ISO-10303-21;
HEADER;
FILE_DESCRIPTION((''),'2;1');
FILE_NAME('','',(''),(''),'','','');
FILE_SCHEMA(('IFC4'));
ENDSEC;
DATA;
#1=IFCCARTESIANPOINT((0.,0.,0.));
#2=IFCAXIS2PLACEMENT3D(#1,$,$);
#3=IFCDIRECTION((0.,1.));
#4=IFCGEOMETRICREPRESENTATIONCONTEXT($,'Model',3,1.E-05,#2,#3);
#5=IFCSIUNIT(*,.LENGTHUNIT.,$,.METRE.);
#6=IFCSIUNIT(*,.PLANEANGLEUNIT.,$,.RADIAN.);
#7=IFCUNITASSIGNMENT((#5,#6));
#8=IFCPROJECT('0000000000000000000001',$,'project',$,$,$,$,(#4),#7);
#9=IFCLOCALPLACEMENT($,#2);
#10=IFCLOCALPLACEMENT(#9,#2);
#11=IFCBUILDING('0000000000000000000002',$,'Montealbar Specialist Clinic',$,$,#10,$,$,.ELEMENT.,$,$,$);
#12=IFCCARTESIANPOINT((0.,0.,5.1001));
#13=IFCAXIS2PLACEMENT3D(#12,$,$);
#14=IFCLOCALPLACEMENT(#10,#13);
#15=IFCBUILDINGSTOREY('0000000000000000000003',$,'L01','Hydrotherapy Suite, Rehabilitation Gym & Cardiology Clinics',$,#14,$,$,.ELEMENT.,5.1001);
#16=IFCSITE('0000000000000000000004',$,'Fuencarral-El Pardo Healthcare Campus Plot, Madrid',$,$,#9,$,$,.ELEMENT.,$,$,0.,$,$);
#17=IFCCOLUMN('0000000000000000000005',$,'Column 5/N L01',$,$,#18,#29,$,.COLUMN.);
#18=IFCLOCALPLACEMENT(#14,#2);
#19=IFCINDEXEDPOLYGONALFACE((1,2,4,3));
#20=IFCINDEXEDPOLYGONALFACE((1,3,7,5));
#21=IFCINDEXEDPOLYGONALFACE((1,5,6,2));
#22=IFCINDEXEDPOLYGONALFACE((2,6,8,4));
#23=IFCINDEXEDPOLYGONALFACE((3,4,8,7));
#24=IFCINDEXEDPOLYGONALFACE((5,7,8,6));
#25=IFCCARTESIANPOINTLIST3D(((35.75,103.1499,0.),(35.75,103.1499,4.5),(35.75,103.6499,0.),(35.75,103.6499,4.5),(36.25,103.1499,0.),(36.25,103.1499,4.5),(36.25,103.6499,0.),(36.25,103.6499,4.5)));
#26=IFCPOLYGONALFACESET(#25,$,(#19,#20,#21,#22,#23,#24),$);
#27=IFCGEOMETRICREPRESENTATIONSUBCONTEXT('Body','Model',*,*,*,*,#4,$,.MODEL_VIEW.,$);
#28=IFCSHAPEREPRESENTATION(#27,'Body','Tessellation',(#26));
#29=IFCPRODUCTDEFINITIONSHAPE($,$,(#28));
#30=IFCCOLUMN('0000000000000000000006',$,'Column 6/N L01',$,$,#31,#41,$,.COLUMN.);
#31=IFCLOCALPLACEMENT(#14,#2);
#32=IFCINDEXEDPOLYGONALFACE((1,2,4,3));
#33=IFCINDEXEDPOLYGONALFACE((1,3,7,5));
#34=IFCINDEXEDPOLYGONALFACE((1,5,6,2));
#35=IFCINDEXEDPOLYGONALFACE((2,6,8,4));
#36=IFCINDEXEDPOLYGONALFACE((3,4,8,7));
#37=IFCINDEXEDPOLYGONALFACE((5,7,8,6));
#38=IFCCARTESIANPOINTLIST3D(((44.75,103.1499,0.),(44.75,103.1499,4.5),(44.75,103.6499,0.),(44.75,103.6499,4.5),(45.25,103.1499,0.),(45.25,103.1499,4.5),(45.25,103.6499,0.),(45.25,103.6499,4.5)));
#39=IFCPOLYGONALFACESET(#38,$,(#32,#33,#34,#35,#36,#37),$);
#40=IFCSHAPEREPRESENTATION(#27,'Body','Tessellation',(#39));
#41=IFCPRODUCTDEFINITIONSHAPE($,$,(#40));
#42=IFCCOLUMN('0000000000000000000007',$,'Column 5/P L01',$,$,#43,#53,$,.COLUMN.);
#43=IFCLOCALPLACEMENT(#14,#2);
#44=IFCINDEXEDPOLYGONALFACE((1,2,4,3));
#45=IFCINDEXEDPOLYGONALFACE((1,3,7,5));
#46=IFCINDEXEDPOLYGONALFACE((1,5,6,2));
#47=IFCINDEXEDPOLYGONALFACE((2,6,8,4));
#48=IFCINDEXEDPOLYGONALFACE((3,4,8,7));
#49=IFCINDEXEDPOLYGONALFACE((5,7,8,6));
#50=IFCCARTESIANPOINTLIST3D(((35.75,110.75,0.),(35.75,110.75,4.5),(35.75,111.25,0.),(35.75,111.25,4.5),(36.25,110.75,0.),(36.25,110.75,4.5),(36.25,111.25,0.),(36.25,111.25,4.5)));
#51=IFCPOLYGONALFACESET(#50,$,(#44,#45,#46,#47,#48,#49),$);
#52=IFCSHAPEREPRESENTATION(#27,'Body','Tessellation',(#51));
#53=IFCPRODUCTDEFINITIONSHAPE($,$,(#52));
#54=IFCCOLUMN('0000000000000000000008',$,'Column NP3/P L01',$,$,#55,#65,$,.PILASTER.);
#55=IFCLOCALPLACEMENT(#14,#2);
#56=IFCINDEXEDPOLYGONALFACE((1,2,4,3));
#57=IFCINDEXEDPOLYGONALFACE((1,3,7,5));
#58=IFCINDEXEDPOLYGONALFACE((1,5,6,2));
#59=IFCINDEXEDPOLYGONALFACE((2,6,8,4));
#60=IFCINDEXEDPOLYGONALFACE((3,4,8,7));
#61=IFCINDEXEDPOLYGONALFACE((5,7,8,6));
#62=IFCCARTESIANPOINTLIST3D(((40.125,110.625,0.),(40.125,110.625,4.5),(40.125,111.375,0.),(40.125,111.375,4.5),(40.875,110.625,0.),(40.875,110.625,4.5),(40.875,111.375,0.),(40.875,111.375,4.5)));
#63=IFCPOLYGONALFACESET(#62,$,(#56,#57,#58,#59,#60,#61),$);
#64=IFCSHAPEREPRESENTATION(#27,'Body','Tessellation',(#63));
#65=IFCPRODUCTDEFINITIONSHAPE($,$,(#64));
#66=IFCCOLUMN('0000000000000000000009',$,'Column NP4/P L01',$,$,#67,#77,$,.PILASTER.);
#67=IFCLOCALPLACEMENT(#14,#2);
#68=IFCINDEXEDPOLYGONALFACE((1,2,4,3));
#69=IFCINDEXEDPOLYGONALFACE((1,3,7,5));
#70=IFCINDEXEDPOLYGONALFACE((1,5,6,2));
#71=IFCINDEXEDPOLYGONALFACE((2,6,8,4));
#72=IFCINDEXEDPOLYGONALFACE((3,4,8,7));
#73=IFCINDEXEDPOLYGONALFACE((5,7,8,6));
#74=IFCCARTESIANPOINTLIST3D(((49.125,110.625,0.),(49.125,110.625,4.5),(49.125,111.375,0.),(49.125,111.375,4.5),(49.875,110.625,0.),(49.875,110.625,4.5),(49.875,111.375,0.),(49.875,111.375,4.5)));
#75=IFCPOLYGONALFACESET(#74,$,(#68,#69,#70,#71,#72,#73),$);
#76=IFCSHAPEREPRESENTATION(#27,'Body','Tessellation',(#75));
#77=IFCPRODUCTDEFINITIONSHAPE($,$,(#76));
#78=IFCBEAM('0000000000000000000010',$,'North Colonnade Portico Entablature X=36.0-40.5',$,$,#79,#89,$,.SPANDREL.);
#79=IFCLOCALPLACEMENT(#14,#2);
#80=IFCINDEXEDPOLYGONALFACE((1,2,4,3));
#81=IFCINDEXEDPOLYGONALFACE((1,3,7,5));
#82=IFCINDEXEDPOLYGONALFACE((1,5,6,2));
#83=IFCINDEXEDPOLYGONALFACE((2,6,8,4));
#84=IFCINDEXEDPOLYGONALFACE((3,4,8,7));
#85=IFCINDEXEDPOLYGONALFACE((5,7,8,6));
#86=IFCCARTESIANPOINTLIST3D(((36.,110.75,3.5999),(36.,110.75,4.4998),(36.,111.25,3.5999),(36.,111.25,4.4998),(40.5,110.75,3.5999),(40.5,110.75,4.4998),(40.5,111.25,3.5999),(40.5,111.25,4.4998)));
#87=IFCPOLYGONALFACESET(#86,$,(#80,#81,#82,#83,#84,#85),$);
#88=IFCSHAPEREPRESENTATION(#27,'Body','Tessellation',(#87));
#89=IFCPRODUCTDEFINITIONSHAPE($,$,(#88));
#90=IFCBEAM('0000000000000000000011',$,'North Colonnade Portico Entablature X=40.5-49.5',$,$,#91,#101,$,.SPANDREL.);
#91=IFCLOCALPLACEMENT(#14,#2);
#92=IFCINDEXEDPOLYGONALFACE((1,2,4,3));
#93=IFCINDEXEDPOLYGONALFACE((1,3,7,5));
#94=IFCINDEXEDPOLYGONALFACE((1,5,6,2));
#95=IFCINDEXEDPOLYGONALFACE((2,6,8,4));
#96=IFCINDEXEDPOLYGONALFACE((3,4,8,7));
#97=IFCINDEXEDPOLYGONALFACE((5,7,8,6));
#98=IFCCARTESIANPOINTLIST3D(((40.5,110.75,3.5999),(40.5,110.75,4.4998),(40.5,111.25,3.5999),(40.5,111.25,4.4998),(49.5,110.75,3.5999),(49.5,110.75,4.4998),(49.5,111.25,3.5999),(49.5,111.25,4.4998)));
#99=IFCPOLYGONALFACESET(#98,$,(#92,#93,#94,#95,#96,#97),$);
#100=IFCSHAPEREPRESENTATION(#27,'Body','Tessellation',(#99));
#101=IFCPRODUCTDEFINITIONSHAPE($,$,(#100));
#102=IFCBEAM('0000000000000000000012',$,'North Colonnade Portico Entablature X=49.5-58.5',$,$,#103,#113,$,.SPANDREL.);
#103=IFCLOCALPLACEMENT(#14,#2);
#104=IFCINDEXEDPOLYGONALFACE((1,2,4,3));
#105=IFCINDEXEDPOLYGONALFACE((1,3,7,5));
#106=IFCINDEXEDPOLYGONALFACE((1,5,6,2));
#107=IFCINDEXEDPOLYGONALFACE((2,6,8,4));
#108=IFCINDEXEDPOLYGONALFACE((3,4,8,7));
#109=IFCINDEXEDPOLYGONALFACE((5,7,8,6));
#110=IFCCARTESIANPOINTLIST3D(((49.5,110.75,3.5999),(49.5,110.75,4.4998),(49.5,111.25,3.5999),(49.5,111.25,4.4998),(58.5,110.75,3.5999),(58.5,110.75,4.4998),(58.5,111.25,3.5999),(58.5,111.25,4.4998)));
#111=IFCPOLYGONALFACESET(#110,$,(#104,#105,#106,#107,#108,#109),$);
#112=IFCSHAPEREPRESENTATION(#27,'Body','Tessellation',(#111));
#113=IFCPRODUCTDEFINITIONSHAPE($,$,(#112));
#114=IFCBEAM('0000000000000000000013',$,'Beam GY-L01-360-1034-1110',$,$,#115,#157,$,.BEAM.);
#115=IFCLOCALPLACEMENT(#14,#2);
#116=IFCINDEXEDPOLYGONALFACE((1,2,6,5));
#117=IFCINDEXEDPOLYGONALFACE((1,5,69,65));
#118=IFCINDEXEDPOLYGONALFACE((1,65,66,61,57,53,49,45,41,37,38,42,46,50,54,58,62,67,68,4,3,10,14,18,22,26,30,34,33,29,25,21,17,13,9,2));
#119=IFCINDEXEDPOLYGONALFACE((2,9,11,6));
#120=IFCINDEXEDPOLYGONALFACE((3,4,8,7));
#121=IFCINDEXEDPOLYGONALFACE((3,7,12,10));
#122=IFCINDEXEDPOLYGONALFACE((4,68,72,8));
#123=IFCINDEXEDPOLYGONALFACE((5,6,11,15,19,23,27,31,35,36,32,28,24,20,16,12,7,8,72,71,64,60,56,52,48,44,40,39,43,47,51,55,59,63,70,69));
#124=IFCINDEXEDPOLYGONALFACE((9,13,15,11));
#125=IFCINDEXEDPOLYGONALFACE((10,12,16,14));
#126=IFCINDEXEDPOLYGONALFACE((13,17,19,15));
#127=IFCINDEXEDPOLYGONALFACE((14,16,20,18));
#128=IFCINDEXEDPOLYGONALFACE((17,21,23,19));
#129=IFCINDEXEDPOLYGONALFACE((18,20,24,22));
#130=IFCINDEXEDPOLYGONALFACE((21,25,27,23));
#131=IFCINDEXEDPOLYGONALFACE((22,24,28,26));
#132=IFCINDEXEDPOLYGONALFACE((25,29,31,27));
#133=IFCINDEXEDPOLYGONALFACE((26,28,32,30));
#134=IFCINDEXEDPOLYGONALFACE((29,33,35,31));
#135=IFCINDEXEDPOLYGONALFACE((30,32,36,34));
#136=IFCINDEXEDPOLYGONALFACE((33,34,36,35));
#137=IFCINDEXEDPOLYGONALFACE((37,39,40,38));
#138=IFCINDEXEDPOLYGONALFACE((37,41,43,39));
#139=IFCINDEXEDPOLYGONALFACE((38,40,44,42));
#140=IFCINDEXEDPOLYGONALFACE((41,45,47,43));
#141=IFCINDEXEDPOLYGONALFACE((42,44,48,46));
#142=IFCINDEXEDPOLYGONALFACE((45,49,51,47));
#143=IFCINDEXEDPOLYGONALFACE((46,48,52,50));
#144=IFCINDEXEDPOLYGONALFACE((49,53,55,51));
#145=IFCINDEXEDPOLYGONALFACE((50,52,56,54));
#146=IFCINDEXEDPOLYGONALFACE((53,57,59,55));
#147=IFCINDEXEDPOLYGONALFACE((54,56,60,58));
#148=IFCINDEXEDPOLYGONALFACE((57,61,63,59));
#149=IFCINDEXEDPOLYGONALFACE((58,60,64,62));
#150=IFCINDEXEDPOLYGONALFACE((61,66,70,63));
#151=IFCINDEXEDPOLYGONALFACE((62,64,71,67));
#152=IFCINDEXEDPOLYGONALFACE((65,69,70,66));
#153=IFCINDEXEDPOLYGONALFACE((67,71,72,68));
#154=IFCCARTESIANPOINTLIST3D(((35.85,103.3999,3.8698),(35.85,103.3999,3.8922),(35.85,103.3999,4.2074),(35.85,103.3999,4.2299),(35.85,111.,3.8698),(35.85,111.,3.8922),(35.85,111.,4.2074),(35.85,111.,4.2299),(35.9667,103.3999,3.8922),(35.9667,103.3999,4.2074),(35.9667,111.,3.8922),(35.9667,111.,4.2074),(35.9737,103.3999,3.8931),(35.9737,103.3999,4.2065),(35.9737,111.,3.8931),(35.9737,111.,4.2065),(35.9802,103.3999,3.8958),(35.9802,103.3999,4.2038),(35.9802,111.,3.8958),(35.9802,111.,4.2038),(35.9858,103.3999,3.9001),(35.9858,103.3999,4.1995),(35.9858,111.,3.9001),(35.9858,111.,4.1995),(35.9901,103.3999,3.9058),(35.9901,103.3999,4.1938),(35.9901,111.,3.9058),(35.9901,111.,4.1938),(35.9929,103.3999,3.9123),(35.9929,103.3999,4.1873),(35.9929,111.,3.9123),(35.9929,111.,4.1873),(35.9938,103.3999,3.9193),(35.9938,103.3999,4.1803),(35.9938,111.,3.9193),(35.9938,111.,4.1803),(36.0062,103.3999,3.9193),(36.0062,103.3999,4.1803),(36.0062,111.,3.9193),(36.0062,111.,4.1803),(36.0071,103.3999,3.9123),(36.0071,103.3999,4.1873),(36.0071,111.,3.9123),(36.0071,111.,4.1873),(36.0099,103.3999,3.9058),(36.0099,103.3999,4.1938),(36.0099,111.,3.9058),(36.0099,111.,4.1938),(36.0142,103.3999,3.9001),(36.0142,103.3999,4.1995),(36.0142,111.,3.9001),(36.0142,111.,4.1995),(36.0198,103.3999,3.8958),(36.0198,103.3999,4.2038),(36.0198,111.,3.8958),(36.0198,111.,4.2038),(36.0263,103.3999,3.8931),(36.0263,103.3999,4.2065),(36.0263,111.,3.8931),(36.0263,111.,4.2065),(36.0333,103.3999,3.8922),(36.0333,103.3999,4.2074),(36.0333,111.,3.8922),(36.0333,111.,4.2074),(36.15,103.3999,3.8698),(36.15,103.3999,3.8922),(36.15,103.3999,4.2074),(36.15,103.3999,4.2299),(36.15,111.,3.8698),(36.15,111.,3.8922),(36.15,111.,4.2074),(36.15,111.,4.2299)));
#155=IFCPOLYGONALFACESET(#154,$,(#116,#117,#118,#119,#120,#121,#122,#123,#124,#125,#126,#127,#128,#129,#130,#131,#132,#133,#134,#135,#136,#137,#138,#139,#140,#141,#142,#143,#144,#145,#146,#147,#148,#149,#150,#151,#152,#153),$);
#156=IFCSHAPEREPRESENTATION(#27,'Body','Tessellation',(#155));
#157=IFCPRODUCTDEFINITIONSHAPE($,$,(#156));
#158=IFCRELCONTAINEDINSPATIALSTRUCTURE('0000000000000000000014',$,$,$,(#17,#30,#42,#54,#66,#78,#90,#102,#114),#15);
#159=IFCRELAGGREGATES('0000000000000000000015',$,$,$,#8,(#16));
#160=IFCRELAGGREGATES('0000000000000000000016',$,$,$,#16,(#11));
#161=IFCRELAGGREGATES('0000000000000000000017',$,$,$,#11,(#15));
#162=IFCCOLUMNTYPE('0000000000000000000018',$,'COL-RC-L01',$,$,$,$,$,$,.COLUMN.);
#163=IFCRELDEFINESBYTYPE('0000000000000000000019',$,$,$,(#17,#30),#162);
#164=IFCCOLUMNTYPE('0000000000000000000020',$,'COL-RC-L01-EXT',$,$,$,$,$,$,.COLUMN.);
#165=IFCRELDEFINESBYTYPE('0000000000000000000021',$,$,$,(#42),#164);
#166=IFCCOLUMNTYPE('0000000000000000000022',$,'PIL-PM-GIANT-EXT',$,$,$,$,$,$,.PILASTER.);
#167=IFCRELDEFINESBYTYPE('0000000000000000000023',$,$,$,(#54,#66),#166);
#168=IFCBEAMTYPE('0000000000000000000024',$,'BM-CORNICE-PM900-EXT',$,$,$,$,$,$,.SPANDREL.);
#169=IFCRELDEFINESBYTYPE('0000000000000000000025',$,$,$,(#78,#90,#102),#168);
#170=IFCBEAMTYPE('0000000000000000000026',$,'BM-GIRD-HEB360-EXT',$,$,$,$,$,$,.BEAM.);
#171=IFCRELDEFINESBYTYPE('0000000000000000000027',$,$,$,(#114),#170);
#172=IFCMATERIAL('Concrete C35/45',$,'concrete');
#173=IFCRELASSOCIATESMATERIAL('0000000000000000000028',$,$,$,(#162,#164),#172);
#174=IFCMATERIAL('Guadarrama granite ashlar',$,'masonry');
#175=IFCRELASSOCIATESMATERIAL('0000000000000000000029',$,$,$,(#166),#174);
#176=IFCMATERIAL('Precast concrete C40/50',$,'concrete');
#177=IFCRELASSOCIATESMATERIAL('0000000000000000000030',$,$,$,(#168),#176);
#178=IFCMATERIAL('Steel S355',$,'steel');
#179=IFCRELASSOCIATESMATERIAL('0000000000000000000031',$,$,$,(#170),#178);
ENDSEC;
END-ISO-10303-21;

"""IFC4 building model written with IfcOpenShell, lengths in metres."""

from ifc_helpers import new_model, si_unit, direction, frame, origin, origin_2d, place, context, subcontext, project, spatial, rectangle, i_section, extrude, material, material_profile, profile_set, type_object, element, save


model = new_model("IFC4")

# Units and contexts
model_context = context("Model", 3, precision=1e-05, world=origin(), true_north=direction((0.0, 1.0)))
body_context = subcontext(model_context, "Body", "Model", "MODEL_VIEW")
ifc_project = project(units=[si_unit("LENGTHUNIT", "METRE"), si_unit("PLANEANGLEUNIT", "RADIAN")], contexts=[model_context])

# Site, building, storey
site_placement = place(None, origin())
site = spatial("IfcSite", under=ifc_project, at=site_placement, Name="Fuencarral-El Pardo Healthcare Campus Plot, Madrid", CompositionType="ELEMENT", RefElevation=0.0)
building_placement = place(site_placement, origin())
building = spatial("IfcBuilding", under=site, at=building_placement, Name="Montealbar Specialist Clinic", CompositionType="ELEMENT")
storey_placement = place(building_placement, frame((0.0, 0.0, 5.1001)))
storey = spatial("IfcBuildingStorey", under=building, at=storey_placement, Name="L01", Description="Hydrotherapy Suite, Rehabilitation Gym & Cardiology Clinics", CompositionType="ELEMENT", Elevation=5.1001)

# Columns
ifc_material_1 = material(Name="Concrete C35/45", Category="concrete")
ifc_material_profile_1 = material_profile(ifc_material_1, rectangle(XDim=0.5, YDim=0.5, at=origin_2d()), Name="RC 500x500", Category="concrete")
ifc_profile_set_1 = profile_set([ifc_material_profile_1], Name="Concrete C35/45")
column_type_1 = type_object("IfcColumnType", Name="COL-RC-L01", PredefinedType="COLUMN", material=ifc_profile_set_1)
for number, where, z_axis, x_axis, name in (
    (1, (36.0, 103.3999, 0.0), (0.0, 0.0, 1.0), (1.0, 0.0, 0.0), "Column 5/N L01"),
    (2, (45.0, 103.3999, 0.0), (0.0, 0.0, 1.0), (1.0, 0.0, 0.0), "Column 6/N L01"),
):
    element("IfcColumn", number, at=place(storey_placement, frame(where, z_axis=z_axis, x_axis=x_axis)), inside=storey, type_object=column_type_1, Name=name, PredefinedType="COLUMN", context=body_context, shape_type="SweptSolid", body=[
        extrude(rectangle(XDim=0.5, YDim=0.5, at=origin_2d()), origin(), (0.0, 0.0, 1.0), 4.5),
    ])
ifc_material_profile_2 = material_profile(ifc_material_1, rectangle(XDim=0.5, YDim=0.5, at=origin_2d()), Name="RC 500x500", Category="concrete")
ifc_profile_set_2 = profile_set([ifc_material_profile_2], Name="Concrete C35/45")
column_type_2 = type_object("IfcColumnType", Name="COL-RC-L01-EXT", PredefinedType="COLUMN", material=ifc_profile_set_2)
column_placement = place(storey_placement, frame((36.0, 111.0, 0.0), z_axis=(0.0, 0.0, 1.0), x_axis=(1.0, 0.0, 0.0)))
element("IfcColumn", 3, at=column_placement, inside=storey, type_object=column_type_2, Name="Column 5/P L01", PredefinedType="COLUMN", context=body_context, shape_type="SweptSolid", body=[
    extrude(rectangle(XDim=0.5, YDim=0.5, at=origin_2d()), origin(), (0.0, 0.0, 1.0), 4.5),
])
ifc_material_2 = material(Name="Guadarrama granite ashlar", Category="masonry")
ifc_material_profile_3 = material_profile(ifc_material_2, rectangle(XDim=0.75, YDim=0.75, at=origin_2d()), Name="GRANITE PILASTER 750x750", Category="masonry")
ifc_profile_set_3 = profile_set([ifc_material_profile_3], Name="Guadarrama granite ashlar")
column_type_3 = type_object("IfcColumnType", Name="PIL-PM-GIANT-EXT", PredefinedType="PILASTER", material=ifc_profile_set_3)
for number, where, z_axis, x_axis, name in (
    (4, (40.5, 111.0, 0.0), (0.0, 0.0, 1.0), (1.0, 0.0, 0.0), "Column NP3/P L01"),
    (5, (49.5, 111.0, 0.0), (0.0, 0.0, 1.0), (1.0, 0.0, 0.0), "Column NP4/P L01"),
):
    element("IfcColumn", number, at=place(storey_placement, frame(where, z_axis=z_axis, x_axis=x_axis)), inside=storey, type_object=column_type_3, Name=name, PredefinedType="PILASTER", context=body_context, shape_type="SweptSolid", body=[
        extrude(rectangle(XDim=0.75, YDim=0.75, at=origin_2d()), origin(), (0.0, 0.0, 1.0), 4.5),
    ])

# Beams
ifc_material_3 = material(Name="Precast concrete C40/50", Category="concrete")
ifc_material_profile_4 = material_profile(ifc_material_3, rectangle(XDim=0.5, YDim=0.8999, at=origin_2d()), Name="PRECAST CORNICE 500x900", Category="concrete")
ifc_profile_set_4 = profile_set([ifc_material_profile_4], Name="Precast concrete C40/50")
beam_type_1 = type_object("IfcBeamType", Name="BM-CORNICE-PM900-EXT", PredefinedType="SPANDREL", material=ifc_profile_set_4)
beam_1_placement = place(storey_placement, frame((36.0, 111.0, 4.0498), z_axis=(1.0, 0.0, 0.0), x_axis=(0.0, 1.0, 0.0)))
element("IfcBeam", 6, at=beam_1_placement, inside=storey, type_object=beam_type_1, Name="North Colonnade Portico Entablature X=36.0-40.5", PredefinedType="SPANDREL", context=body_context, shape_type="SweptSolid", body=[
    extrude(rectangle(XDim=0.5, YDim=0.8999, at=origin_2d()), origin(), (0.0, 0.0, 1.0), 4.5),
])
for number, where, z_axis, x_axis, name in (
    (7, (40.5, 111.0, 4.0498), (1.0, 0.0, 0.0), (0.0, 1.0, 0.0), "North Colonnade Portico Entablature X=40.5-49.5"),
    (8, (49.5, 111.0, 4.0498), (1.0, 0.0, 0.0), (0.0, 1.0, 0.0), "North Colonnade Portico Entablature X=49.5-58.5"),
):
    element("IfcBeam", number, at=place(storey_placement, frame(where, z_axis=z_axis, x_axis=x_axis)), inside=storey, type_object=beam_type_1, Name=name, PredefinedType="SPANDREL", context=body_context, shape_type="SweptSolid", body=[
        extrude(rectangle(XDim=0.5, YDim=0.8999, at=origin_2d()), origin(), (0.0, 0.0, 1.0), 9.0),
    ])
ifc_material_4 = material(Name="Steel S355", Category="steel")
ifc_material_profile_5 = material_profile(ifc_material_4, i_section(OverallWidth=0.3, OverallDepth=0.3601, WebThickness=0.0125, FlangeThickness=0.0225, FilletRadius=0.0271, at=origin_2d()), Name="HEB 360", Category="steel")
ifc_profile_set_5 = profile_set([ifc_material_profile_5], Name="Steel S355")
beam_type_2 = type_object("IfcBeamType", Name="BM-GIRD-HEB360-EXT", PredefinedType="BEAM", material=ifc_profile_set_5)
beam_2_placement = place(storey_placement, frame((36.0, 103.3999, 4.0498), z_axis=(0.0, 1.0, 0.0), x_axis=(-1.0, 0.0, 0.0)))
element("IfcBeam", 9, at=beam_2_placement, inside=storey, type_object=beam_type_2, Name="Beam GY-L01-360-1034-1110", PredefinedType="BEAM", context=body_context, shape_type="SweptSolid", body=[
    extrude(i_section(OverallWidth=0.3, OverallDepth=0.3601, WebThickness=0.0125, FlangeThickness=0.0225, FilletRadius=0.0271, at=origin_2d()), origin(), (0.0, 0.0, 1.0), 7.6001),
])

save(model, "model.ifc")
